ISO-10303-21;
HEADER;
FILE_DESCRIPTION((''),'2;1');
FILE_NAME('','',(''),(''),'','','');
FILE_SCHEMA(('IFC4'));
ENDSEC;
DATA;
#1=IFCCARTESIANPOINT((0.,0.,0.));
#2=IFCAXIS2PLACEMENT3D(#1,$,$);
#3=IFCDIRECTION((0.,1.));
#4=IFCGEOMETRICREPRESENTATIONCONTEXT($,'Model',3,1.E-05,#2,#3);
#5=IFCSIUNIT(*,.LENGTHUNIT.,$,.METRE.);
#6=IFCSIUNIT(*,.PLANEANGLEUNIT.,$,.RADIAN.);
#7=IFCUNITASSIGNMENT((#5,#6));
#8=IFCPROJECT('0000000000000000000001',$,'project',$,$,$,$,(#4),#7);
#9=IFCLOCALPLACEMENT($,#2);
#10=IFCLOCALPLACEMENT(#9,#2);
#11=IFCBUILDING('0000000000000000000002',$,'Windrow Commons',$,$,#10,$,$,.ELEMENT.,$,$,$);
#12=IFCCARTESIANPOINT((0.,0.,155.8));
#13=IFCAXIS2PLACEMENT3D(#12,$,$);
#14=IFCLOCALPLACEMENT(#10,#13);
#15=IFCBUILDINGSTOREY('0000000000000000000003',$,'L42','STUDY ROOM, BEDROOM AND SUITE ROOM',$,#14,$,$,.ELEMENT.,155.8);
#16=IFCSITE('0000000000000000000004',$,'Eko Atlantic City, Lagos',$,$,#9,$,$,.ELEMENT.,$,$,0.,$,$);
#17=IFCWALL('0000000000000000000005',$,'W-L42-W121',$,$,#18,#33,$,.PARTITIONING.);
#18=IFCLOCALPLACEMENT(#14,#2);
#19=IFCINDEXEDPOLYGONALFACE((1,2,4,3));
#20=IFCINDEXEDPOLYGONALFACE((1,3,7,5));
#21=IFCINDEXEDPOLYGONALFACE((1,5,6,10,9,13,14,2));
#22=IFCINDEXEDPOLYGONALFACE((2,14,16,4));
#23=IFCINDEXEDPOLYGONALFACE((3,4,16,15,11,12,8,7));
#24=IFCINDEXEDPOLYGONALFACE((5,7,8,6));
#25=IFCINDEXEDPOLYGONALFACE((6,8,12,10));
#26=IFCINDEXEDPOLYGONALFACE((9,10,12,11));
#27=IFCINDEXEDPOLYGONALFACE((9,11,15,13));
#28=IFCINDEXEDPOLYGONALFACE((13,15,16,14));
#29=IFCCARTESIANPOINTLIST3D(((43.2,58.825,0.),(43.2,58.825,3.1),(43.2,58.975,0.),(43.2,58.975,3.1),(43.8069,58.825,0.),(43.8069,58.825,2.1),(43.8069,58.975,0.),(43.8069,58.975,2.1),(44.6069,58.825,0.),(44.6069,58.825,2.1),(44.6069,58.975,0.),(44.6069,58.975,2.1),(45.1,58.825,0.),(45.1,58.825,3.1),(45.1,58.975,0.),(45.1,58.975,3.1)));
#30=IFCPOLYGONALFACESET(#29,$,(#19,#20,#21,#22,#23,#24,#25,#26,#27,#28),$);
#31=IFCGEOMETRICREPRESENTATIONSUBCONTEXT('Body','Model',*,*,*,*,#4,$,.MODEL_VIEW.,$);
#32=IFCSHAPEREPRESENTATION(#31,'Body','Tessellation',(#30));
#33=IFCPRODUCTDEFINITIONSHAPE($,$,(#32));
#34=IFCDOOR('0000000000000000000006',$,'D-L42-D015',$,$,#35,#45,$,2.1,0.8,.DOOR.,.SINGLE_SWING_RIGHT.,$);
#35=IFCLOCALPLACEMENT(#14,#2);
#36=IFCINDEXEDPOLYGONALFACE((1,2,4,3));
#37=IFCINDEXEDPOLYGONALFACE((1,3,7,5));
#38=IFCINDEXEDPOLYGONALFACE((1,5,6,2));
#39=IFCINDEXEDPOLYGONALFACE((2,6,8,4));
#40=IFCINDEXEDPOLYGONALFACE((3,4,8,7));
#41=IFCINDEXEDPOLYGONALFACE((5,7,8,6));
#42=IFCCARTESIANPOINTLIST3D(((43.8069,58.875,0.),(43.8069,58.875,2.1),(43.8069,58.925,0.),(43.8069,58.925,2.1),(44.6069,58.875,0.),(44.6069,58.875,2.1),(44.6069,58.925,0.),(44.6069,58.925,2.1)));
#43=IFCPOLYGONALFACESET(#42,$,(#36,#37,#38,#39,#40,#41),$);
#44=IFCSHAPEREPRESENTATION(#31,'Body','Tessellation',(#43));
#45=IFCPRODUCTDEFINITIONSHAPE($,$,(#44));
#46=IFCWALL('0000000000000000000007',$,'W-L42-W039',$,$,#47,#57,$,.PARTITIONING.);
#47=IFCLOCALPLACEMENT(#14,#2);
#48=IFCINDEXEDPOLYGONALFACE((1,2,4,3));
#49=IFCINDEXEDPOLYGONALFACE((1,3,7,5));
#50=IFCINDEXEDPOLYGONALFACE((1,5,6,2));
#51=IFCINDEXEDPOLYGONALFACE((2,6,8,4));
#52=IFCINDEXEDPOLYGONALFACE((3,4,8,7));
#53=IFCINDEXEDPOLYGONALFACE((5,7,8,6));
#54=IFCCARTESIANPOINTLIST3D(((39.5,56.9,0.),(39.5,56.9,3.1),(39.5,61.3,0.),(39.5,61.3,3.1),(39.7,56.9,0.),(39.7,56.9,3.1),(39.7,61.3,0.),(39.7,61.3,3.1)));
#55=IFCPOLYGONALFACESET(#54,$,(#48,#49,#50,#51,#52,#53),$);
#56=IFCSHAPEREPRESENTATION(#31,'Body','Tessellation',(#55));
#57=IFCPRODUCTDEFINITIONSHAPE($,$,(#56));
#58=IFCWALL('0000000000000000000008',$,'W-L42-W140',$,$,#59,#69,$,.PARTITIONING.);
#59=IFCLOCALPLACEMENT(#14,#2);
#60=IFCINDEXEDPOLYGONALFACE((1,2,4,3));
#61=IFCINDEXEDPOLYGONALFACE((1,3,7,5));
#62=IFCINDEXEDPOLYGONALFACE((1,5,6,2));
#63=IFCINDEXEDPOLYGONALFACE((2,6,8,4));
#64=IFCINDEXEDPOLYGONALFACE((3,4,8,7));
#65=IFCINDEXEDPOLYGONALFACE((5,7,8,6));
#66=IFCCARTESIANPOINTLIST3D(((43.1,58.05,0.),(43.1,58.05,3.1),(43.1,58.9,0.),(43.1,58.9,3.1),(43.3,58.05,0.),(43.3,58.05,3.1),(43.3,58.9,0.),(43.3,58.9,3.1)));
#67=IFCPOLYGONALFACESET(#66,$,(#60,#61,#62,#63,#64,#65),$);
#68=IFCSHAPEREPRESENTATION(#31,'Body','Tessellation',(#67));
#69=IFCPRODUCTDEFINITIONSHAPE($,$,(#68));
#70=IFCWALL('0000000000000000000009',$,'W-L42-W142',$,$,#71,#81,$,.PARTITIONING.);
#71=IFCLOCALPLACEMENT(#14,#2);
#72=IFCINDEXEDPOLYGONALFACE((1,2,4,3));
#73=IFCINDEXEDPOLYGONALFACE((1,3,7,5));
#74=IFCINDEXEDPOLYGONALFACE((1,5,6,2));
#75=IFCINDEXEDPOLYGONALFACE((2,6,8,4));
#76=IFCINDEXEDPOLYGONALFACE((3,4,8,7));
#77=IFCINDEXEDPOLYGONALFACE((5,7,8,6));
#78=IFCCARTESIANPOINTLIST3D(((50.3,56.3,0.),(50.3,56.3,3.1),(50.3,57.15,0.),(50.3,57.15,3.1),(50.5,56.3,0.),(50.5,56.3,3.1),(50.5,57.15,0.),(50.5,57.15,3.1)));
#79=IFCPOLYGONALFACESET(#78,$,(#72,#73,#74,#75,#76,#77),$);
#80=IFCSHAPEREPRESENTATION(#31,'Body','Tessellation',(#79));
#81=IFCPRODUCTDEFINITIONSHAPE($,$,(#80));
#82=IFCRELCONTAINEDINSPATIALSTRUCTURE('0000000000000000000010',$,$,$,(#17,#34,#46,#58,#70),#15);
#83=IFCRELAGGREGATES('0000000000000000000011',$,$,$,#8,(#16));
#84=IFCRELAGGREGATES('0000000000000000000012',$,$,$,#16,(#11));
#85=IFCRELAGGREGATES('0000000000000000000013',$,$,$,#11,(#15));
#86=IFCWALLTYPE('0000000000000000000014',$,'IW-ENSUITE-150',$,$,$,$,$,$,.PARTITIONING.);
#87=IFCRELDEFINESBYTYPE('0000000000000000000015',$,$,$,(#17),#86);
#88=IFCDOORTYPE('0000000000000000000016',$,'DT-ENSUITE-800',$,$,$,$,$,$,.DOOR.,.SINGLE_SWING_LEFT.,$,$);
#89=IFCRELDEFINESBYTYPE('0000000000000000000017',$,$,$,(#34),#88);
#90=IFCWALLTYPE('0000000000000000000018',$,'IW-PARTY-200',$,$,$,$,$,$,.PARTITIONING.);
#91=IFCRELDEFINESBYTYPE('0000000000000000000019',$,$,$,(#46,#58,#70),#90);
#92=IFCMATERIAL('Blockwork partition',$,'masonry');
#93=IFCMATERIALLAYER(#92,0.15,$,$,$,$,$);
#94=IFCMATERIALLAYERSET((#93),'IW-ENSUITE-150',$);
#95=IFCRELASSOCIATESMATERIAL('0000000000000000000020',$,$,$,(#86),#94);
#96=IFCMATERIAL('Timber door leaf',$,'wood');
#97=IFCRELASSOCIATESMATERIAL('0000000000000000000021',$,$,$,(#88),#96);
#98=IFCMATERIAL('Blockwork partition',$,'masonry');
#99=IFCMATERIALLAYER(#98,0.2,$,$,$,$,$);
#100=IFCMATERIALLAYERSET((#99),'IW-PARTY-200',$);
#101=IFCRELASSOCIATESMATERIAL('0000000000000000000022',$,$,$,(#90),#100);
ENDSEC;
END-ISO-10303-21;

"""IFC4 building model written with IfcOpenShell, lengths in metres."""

from ifc_helpers import new_model, si_unit, direction, frame, frame_2d, origin, place, context, subcontext, project, spatial, rectangle, extrude, material, layer, layer_set, type_object, element, fill, save


model = new_model("IFC4")

# Units and contexts
model_context = context("Model", 3, precision=1e-05, world=origin(), true_north=direction((0.0, 1.0)))
body_context = subcontext(model_context, "Body", "Model", "MODEL_VIEW")
ifc_project = project(units=[si_unit("LENGTHUNIT", "METRE"), si_unit("PLANEANGLEUNIT", "RADIAN")], contexts=[model_context])

# Site, building, storey
site_placement = place(None, origin())
site = spatial("IfcSite", under=ifc_project, at=site_placement, Name="Eko Atlantic City, Lagos", CompositionType="ELEMENT", RefElevation=0.0)
building_placement = place(site_placement, origin())
building = spatial("IfcBuilding", under=site, at=building_placement, Name="Windrow Commons", CompositionType="ELEMENT")
storey_placement = place(building_placement, frame((0.0, 0.0, 155.8)))
storey = spatial("IfcBuildingStorey", under=building, at=storey_placement, Name="L42", Description="STUDY ROOM, BEDROOM AND SUITE ROOM", CompositionType="ELEMENT", Elevation=155.8)

# Shared definitions
ifc_material_1 = material(Name="Blockwork partition", Category="masonry")
ifc_layer_1 = layer(ifc_material_1, 0.15)
ifc_layer_set_1 = layer_set([ifc_layer_1], Name="IW-ENSUITE-150")
wall_type_1 = type_object("IfcWallType", Name="IW-ENSUITE-150", PredefinedType="PARTITIONING", material=ifc_layer_set_1)

# Wall, opening, door
wall_1_placement = place(storey_placement, frame((43.2, 58.9, 0.0), z_axis=(0.0, 0.0, 1.0), x_axis=(1.0, 0.0, 0.0)))
wall_1 = element("IfcWall", 1, at=wall_1_placement, inside=storey, type_object=wall_type_1, Name="W-L42-W121", PredefinedType="PARTITIONING", context=body_context, shape_type="SweptSolid", body=[
    extrude(rectangle(XDim=1.9, YDim=0.15, at=frame_2d((0.95, 0.0))), origin(), (0.0, 0.0, 1.0), 3.1),
])
opening_1_placement = place(wall_1_placement, frame((0.6069, 0.0, 0.0)))
opening_1 = element("IfcOpeningElement", 2, at=opening_1_placement, cuts=wall_1, PredefinedType="OPENING", context=body_context, shape_type="SweptSolid", body=[
    extrude(rectangle(XDim=0.8, YDim=2.1, at=frame_2d((0.4, 1.05))), frame((0.0, 0.085, 0.0), z_axis=(0.0, -1.0, 0.0), x_axis=(1.0, 0.0, 0.0)), (0.0, 0.0, 1.0), 0.17),
])
ifc_material_2 = material(Name="Timber door leaf", Category="wood")
door_type = type_object("IfcDoorType", Name="DT-ENSUITE-800", OperationType="SINGLE_SWING_LEFT", PredefinedType="DOOR", material=ifc_material_2)
door_placement = place(opening_1_placement, origin())
door = element("IfcDoor", 3, at=door_placement, inside=storey, type_object=door_type, Name="D-L42-D015", OperationType="SINGLE_SWING_RIGHT", OverallHeight=2.1, OverallWidth=0.8, PredefinedType="DOOR", context=body_context, shape_type="SweptSolid", body=[
    extrude(rectangle(XDim=0.8, YDim=2.1, at=frame_2d((0.4, 1.05))), frame((0.0, 0.025, 0.0), z_axis=(0.0, -1.0, 0.0), x_axis=(1.0, 0.0, 0.0)), (0.0, 0.0, 1.0), 0.05),
])
fill(opening_1, door)

# Walls
ifc_material_3 = material(Name="Blockwork partition", Category="masonry")
ifc_layer_2 = layer(ifc_material_3, 0.2)
ifc_layer_set_2 = layer_set([ifc_layer_2], Name="IW-PARTY-200")
wall_type_2 = type_object("IfcWallType", Name="IW-PARTY-200", PredefinedType="PARTITIONING", material=ifc_layer_set_2)
wall_2_placement = place(storey_placement, frame((39.6, 56.9, 0.0), z_axis=(0.0, 0.0, 1.0), x_axis=(0.0, 1.0, 0.0)))
element("IfcWall", 4, at=wall_2_placement, inside=storey, type_object=wall_type_2, Name="W-L42-W039", PredefinedType="PARTITIONING", context=body_context, shape_type="SweptSolid", body=[
    extrude(rectangle(XDim=4.4, YDim=0.2, at=frame_2d((2.2, 0.0))), origin(), (0.0, 0.0, 1.0), 3.1),
])
for number, where, z_axis, x_axis, name in (
    (5, (43.2, 58.05, 0.0), (0.0, 0.0, 1.0), (0.0, 1.0, 0.0), "W-L42-W140"),
    (6, (50.4, 56.3, 0.0), (0.0, 0.0, 1.0), (0.0, 1.0, 0.0), "W-L42-W142"),
):
    element("IfcWall", number, at=place(storey_placement, frame(where, z_axis=z_axis, x_axis=x_axis)), inside=storey, type_object=wall_type_2, Name=name, PredefinedType="PARTITIONING", context=body_context, shape_type="SweptSolid", body=[
        extrude(rectangle(XDim=0.85, YDim=0.2, at=frame_2d((0.425, 0.0))), origin(), (0.0, 0.0, 1.0), 3.1),
    ])

save(model, "model.ifc")
